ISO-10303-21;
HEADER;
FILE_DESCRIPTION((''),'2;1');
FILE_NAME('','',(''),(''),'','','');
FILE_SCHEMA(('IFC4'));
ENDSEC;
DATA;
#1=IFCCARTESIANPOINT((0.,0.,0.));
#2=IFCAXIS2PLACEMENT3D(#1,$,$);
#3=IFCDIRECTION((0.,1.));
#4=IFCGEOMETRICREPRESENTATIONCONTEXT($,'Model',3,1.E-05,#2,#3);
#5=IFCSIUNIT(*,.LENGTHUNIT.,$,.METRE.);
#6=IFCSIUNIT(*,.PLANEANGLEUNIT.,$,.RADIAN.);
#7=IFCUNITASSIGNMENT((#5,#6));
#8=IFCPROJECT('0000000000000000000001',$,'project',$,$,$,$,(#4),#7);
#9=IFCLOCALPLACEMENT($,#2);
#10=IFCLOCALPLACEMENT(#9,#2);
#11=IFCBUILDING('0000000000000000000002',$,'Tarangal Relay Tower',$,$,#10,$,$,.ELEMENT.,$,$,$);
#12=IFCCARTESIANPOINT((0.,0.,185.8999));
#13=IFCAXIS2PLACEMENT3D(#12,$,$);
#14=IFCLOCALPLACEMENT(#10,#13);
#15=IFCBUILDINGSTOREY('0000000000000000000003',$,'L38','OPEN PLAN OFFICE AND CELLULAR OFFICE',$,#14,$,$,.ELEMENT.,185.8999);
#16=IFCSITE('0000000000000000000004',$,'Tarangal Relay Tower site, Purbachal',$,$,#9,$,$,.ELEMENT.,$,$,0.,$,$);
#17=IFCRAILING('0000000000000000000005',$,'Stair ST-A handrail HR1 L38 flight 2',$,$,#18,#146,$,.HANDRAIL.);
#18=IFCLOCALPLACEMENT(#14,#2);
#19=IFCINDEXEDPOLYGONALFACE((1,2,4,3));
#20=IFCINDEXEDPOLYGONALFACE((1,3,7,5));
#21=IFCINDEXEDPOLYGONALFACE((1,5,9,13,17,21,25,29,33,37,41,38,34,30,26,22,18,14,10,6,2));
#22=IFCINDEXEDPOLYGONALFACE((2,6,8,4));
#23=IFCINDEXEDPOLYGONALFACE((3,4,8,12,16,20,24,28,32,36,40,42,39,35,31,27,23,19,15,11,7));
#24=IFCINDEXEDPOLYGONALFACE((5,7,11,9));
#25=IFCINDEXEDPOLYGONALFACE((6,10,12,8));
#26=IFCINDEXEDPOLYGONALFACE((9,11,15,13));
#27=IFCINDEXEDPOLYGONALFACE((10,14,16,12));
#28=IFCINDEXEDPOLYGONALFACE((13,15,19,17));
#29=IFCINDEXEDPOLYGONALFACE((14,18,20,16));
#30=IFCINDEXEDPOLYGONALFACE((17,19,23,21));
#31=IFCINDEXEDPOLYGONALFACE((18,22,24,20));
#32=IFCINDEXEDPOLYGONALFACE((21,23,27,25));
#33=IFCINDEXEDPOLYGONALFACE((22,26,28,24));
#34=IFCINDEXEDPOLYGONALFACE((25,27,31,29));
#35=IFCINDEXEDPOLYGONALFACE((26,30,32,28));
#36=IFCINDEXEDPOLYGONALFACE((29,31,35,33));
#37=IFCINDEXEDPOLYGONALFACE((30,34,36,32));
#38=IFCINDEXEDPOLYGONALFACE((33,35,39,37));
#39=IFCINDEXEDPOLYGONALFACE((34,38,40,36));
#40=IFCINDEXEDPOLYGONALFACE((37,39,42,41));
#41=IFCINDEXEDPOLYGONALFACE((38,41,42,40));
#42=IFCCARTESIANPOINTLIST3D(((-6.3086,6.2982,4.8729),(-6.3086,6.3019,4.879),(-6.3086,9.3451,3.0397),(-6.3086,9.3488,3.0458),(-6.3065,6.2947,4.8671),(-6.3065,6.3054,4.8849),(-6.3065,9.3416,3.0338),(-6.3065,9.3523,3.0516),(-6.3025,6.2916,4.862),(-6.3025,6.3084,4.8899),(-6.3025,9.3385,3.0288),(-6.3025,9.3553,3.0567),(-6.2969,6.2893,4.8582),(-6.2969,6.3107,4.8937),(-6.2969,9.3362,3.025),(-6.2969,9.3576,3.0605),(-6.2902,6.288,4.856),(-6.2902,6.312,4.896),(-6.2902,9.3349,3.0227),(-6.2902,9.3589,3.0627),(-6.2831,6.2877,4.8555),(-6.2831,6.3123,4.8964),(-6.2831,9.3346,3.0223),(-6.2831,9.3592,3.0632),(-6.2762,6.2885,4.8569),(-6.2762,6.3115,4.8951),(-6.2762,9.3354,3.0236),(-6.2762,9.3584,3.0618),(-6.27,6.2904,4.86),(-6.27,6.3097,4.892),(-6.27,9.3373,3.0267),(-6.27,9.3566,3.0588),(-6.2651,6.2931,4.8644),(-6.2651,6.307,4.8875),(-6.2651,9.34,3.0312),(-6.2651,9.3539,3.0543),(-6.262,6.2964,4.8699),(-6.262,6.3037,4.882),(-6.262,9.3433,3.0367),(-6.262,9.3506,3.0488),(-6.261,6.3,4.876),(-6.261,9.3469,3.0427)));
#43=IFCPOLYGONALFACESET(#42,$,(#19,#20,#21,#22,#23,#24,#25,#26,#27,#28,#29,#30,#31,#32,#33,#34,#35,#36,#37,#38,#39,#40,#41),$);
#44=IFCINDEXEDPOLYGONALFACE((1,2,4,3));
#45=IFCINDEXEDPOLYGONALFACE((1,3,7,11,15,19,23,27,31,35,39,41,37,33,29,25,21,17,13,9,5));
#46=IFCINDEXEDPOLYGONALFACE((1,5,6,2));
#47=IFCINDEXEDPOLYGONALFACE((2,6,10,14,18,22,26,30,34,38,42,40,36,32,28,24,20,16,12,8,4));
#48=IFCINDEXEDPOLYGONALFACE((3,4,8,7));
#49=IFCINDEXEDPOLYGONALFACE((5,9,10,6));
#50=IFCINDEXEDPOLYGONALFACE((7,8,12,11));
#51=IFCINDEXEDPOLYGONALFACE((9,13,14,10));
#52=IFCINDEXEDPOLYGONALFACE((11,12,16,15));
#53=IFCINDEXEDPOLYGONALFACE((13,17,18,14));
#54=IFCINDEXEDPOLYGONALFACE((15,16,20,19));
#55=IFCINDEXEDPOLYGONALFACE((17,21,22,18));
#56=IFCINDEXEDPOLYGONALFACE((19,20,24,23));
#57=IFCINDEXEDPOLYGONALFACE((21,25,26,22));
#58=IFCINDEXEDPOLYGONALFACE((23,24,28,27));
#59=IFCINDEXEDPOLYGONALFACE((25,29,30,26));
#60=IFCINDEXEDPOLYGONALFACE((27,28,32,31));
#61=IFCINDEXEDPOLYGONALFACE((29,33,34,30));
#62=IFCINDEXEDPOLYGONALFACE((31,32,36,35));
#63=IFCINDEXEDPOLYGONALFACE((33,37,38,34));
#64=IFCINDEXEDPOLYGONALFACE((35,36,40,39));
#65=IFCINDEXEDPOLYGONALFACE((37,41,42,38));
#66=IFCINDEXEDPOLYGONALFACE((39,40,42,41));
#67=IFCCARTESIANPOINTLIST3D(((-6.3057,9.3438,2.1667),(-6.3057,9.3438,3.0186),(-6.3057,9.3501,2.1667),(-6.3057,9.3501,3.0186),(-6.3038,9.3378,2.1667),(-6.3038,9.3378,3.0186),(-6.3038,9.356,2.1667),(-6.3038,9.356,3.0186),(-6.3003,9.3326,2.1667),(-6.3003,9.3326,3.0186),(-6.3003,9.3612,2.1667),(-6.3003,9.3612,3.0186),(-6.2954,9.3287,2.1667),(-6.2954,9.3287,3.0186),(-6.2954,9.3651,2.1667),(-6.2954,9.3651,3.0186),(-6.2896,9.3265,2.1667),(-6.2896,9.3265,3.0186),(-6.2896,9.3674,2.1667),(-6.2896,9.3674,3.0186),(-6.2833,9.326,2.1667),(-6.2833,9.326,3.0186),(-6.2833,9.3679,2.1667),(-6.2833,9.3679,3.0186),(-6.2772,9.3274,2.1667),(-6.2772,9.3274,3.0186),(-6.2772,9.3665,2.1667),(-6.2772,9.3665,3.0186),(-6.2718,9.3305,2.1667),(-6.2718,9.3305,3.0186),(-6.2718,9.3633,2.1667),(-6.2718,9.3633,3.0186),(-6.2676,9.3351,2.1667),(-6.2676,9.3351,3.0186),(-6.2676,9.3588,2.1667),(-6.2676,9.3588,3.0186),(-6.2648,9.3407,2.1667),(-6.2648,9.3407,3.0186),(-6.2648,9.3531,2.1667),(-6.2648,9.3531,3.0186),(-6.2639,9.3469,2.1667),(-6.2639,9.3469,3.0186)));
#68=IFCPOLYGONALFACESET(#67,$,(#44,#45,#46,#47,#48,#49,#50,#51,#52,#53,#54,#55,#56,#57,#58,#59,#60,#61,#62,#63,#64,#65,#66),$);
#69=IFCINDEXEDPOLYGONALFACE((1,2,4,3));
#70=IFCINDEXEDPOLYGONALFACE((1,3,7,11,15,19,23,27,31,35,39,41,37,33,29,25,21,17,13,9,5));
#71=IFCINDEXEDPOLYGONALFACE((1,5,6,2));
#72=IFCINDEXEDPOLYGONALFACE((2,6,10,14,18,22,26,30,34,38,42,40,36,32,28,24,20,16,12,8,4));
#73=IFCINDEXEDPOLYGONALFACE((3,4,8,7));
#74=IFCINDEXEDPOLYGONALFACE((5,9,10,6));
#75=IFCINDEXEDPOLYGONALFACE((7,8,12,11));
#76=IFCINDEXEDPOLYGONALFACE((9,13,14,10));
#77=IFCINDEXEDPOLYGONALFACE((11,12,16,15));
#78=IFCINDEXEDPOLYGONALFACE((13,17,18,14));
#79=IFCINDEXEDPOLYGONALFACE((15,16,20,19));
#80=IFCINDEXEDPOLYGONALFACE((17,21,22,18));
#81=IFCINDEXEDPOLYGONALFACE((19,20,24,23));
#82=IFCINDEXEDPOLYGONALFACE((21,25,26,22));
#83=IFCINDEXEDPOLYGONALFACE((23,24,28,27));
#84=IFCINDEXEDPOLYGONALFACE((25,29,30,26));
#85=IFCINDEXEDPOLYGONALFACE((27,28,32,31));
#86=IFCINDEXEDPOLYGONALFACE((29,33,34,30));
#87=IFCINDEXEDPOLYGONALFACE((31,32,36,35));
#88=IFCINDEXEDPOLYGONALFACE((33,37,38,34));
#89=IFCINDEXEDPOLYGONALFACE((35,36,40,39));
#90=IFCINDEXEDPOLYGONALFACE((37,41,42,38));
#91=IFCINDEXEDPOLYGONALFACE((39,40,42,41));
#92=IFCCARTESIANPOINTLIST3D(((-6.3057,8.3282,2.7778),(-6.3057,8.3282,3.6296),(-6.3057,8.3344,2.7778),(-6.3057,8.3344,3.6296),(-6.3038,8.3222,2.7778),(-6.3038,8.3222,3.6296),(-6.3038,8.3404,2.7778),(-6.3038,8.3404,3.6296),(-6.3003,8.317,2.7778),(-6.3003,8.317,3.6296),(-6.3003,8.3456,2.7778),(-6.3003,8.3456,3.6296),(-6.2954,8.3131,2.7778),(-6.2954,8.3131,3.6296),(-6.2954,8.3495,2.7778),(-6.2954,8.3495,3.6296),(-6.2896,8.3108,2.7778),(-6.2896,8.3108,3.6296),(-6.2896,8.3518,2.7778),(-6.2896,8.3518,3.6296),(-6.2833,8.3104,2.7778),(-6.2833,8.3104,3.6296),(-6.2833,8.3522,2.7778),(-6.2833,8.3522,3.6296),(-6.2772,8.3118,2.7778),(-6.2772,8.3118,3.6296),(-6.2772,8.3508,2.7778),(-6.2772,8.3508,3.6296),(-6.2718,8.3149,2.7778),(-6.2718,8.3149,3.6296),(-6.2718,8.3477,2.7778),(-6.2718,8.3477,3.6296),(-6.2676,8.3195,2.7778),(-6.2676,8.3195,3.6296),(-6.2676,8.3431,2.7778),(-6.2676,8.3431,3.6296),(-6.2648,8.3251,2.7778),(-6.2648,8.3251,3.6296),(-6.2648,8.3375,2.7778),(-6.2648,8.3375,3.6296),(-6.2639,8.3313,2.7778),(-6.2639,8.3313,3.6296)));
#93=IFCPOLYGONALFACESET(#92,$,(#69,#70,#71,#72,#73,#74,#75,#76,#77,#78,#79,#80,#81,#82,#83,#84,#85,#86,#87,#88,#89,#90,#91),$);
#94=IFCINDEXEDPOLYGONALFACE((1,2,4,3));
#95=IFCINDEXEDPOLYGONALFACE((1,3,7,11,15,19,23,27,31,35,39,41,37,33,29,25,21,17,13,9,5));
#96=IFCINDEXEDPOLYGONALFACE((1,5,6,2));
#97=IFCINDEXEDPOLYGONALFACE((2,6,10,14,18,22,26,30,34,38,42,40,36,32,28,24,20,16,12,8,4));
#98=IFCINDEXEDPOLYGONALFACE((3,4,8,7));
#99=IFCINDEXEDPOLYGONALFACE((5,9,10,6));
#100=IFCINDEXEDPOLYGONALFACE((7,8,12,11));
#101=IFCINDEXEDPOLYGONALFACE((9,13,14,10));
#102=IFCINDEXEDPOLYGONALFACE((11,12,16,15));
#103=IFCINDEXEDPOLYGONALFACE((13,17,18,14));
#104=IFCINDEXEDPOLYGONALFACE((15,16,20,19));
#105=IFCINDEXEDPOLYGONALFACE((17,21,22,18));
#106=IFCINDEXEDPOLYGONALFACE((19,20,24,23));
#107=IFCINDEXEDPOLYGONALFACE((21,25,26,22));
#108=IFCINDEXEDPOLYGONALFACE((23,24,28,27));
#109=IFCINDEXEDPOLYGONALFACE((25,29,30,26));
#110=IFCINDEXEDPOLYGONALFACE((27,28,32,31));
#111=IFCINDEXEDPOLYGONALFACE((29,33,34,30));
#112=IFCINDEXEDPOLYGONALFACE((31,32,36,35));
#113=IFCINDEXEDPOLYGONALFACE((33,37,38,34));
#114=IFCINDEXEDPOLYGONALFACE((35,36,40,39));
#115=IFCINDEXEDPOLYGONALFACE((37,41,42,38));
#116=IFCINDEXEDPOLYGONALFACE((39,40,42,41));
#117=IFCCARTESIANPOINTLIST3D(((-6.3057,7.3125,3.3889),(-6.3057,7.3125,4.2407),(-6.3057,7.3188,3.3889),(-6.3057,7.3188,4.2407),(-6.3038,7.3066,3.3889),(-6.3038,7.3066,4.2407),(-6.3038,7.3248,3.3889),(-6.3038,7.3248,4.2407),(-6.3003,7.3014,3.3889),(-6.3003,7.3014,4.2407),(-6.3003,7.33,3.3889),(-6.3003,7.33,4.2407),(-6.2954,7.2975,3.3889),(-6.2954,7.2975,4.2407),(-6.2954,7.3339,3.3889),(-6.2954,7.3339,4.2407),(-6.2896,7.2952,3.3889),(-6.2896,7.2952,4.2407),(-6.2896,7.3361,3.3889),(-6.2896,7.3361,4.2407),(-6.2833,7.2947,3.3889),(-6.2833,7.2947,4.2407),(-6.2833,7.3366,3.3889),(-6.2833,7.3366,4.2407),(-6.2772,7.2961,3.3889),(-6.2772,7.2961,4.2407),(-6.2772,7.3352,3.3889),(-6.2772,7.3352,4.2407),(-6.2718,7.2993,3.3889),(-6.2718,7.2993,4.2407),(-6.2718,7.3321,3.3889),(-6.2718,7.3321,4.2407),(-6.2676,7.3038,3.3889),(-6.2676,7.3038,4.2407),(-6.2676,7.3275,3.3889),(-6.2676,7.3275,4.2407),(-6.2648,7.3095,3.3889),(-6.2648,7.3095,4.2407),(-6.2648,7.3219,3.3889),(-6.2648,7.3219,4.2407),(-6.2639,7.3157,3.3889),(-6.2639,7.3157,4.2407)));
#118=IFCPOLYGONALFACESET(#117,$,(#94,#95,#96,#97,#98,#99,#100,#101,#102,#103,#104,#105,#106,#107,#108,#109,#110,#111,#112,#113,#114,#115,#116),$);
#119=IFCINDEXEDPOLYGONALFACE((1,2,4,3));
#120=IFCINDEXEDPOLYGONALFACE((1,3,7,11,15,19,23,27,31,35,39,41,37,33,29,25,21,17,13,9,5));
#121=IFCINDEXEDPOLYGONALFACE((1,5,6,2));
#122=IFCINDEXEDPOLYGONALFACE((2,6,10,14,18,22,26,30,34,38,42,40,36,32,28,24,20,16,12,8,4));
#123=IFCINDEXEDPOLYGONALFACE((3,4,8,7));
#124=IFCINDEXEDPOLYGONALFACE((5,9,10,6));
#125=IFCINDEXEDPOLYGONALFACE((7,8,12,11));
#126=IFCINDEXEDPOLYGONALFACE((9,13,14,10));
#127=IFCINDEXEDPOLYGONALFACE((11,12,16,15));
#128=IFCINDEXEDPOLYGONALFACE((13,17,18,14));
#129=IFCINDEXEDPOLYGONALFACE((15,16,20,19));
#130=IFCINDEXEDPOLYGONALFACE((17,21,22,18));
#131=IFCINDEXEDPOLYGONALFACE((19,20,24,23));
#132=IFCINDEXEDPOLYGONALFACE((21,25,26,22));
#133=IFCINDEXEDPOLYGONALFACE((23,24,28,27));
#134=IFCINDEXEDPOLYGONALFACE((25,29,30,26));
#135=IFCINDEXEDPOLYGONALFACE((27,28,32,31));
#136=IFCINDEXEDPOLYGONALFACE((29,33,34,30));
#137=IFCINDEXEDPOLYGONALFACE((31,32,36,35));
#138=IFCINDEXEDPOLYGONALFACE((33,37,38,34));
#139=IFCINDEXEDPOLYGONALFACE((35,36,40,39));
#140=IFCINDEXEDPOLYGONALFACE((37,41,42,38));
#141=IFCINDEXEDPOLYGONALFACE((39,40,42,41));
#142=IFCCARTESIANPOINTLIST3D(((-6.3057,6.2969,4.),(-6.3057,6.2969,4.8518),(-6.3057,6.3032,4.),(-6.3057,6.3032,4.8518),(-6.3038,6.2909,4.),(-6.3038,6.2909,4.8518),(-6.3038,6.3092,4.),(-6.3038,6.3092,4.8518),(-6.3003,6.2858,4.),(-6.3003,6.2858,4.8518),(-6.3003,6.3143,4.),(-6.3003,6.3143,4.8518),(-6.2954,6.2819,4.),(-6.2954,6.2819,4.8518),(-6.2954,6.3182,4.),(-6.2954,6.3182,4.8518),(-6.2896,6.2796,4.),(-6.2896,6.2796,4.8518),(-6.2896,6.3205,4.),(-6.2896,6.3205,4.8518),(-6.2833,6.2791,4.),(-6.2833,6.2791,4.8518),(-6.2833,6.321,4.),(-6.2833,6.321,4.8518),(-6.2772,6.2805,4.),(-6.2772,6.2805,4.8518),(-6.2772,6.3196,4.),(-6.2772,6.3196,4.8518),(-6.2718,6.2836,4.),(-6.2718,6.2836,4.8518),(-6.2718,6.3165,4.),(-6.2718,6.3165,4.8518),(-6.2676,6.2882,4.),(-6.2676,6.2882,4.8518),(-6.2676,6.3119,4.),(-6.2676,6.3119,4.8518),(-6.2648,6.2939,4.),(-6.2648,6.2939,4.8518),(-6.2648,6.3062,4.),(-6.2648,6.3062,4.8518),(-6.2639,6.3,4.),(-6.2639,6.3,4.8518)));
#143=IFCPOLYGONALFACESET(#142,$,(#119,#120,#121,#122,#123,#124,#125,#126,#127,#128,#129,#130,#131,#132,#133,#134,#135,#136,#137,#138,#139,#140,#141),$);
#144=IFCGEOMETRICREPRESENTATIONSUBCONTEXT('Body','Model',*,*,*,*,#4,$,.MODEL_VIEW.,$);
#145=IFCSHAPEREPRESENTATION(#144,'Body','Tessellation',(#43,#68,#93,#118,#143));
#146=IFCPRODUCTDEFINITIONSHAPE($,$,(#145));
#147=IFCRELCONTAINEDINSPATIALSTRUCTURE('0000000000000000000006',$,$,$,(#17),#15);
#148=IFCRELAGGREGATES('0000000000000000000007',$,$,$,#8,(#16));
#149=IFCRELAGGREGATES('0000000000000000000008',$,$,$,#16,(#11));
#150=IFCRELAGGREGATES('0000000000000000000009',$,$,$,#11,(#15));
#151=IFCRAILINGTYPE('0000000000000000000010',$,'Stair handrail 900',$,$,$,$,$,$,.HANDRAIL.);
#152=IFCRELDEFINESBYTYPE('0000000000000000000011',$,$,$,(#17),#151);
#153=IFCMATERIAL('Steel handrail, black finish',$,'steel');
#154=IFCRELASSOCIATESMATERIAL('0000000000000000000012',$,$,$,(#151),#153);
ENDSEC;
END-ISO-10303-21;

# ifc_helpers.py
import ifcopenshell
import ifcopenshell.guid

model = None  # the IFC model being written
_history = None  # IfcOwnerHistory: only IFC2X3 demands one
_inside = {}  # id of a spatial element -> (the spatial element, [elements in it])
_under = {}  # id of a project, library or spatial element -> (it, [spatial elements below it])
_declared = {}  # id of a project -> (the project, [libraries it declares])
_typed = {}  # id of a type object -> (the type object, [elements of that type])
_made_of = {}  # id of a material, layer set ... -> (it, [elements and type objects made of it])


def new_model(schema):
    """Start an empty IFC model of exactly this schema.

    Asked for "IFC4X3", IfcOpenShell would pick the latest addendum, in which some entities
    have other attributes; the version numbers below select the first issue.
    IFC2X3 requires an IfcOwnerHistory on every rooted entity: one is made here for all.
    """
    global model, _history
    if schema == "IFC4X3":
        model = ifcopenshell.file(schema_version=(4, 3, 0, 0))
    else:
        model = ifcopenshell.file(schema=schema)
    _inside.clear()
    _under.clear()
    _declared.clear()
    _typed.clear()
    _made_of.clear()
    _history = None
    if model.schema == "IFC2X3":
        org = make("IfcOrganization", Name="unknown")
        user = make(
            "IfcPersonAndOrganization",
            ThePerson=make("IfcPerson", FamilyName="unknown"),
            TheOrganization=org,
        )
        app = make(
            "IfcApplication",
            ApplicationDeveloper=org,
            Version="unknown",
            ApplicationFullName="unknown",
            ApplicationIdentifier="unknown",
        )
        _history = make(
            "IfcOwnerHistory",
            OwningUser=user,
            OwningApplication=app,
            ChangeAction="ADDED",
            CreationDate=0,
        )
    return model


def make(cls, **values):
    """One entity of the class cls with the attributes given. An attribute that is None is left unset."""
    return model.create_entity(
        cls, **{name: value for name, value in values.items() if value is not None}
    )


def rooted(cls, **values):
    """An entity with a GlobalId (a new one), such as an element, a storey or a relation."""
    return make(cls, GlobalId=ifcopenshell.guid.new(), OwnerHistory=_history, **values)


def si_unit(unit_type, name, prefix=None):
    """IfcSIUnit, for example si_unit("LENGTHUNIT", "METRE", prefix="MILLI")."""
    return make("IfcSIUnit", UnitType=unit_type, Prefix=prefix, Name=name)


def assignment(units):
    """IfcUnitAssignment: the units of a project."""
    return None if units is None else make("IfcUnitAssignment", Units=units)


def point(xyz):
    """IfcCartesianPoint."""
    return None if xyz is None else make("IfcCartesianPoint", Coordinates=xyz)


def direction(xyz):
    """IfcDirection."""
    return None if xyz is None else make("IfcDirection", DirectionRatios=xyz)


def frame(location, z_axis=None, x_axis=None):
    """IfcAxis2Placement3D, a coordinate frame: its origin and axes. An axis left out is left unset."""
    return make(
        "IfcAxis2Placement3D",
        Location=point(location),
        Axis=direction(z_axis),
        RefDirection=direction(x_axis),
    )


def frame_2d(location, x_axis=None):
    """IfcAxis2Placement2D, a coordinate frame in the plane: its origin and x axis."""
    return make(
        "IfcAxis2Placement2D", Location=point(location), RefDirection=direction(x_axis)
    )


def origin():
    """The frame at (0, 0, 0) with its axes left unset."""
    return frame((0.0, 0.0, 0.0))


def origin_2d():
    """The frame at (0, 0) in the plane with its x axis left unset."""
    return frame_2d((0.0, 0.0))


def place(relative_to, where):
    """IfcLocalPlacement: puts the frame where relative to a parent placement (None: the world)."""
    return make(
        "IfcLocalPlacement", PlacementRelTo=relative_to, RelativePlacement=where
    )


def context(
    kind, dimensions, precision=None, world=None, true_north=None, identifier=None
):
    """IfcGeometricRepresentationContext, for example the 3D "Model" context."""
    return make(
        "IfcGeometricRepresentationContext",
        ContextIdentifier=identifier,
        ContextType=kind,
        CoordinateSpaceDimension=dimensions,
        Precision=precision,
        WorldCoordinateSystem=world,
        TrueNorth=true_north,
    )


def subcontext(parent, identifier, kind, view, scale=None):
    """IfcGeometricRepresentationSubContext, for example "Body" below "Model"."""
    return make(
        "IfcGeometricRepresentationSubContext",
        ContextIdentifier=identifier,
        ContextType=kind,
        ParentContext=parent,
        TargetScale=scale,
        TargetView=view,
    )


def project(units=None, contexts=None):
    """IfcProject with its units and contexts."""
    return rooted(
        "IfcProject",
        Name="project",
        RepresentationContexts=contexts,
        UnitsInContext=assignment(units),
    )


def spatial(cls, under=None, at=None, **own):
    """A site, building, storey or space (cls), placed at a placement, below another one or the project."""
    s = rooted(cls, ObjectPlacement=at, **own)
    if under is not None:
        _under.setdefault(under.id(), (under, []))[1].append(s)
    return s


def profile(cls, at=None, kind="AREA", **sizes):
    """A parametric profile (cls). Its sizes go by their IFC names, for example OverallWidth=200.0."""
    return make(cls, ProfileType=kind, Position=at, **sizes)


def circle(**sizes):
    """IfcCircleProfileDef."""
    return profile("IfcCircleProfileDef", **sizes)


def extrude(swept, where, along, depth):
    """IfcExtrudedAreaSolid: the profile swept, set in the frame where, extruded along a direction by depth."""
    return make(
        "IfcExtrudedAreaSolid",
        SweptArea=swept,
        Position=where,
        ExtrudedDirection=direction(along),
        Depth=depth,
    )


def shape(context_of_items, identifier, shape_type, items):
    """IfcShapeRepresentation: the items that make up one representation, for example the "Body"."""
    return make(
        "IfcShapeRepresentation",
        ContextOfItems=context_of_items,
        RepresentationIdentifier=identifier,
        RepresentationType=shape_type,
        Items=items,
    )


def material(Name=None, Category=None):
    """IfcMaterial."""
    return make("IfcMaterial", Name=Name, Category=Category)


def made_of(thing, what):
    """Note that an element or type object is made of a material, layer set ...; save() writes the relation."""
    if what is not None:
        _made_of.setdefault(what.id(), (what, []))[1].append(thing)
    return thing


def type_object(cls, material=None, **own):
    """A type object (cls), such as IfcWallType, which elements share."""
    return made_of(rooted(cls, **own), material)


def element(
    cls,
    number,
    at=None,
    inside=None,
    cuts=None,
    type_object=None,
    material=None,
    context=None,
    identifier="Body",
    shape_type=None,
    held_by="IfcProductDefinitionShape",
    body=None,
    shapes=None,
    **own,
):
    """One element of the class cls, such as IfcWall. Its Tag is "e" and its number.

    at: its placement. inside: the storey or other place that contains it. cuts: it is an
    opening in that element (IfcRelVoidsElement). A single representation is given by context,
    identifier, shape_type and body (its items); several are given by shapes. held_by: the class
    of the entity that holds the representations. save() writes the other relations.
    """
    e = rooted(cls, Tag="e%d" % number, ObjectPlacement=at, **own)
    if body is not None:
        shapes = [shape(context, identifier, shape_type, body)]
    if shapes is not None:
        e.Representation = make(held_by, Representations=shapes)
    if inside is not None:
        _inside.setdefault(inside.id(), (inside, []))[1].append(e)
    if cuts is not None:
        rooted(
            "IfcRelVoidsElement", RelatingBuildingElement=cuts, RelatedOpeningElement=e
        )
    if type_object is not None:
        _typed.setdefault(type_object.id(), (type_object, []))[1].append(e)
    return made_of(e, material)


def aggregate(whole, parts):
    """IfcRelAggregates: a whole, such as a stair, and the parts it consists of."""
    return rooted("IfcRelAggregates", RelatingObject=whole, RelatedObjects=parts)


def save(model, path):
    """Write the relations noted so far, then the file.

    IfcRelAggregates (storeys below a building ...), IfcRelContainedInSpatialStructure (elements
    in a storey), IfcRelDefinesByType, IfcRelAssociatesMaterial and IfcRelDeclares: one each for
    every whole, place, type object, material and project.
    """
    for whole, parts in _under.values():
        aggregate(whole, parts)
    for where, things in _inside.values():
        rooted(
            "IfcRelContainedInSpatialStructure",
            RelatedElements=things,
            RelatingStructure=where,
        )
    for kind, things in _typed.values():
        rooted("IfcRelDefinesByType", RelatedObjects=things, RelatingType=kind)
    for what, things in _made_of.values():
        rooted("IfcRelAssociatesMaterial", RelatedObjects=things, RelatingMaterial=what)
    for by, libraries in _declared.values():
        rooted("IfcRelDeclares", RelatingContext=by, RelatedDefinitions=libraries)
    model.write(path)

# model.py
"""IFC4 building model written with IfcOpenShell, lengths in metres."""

from ifc_helpers import new_model, si_unit, direction, frame, origin, origin_2d, place, context, subcontext, project, spatial, circle, extrude, material, type_object, element, save


model = new_model("IFC4")

# Units and contexts
model_context = context("Model", 3, precision=1e-05, world=origin(), true_north=direction((0.0, 1.0)))
body_context = subcontext(model_context, "Body", "Model", "MODEL_VIEW")
ifc_project = project(units=[si_unit("LENGTHUNIT", "METRE"), si_unit("PLANEANGLEUNIT", "RADIAN")], contexts=[model_context])

# Site, building, storey
site_placement = place(None, origin())
site = spatial("IfcSite", under=ifc_project, at=site_placement, Name="Tarangal Relay Tower site, Purbachal", CompositionType="ELEMENT", RefElevation=0.0)
building_placement = place(site_placement, origin())
building = spatial("IfcBuilding", under=site, at=building_placement, Name="Tarangal Relay Tower", CompositionType="ELEMENT")
storey_placement = place(building_placement, frame((0.0, 0.0, 185.8999)))
storey = spatial("IfcBuildingStorey", under=building, at=storey_placement, Name="L38", Description="OPEN PLAN OFFICE AND CELLULAR OFFICE", CompositionType="ELEMENT", Elevation=185.8999)

# Railing
ifc_material_1 = material(Name="Steel handrail, black finish", Category="steel")
railing_type_1 = type_object("IfcRailingType", Name="Stair handrail 900", PredefinedType="HANDRAIL", material=ifc_material_1)
railing_1_placement = place(storey_placement, frame((-6.2849, 9.3469, 2.1667)))
element("IfcRailing", 1, at=railing_1_placement, inside=storey, type_object=railing_type_1, Name="Stair ST-A handrail HR1 L38 flight 2", PredefinedType="HANDRAIL", context=body_context, shape_type="SweptSolid", body=[
    extrude(circle(Radius=0.0239, at=origin_2d()), frame((0.0, 0.0, 0.876), z_axis=(0.0, -0.856856, 0.515556), x_axis=(1.0, 0.0, 0.0)), (0.0, 0.0, 1.0), 3.5559),
    extrude(circle(Radius=0.021, at=origin_2d()), origin(), (0.0, 0.0, 1.0), 0.8518),
    extrude(circle(Radius=0.021, at=origin_2d()), frame((0.0, -1.0156, 0.6111)), (0.0, 0.0, 1.0), 0.8518),
    extrude(circle(Radius=0.021, at=origin_2d()), frame((0.0, -2.0312, 1.2222)), (0.0, 0.0, 1.0), 0.8518),
    extrude(circle(Radius=0.021, at=origin_2d()), frame((0.0, -3.0469, 1.8333)), (0.0, 0.0, 1.0), 0.8518),
])

save(model, "model.ifc")
